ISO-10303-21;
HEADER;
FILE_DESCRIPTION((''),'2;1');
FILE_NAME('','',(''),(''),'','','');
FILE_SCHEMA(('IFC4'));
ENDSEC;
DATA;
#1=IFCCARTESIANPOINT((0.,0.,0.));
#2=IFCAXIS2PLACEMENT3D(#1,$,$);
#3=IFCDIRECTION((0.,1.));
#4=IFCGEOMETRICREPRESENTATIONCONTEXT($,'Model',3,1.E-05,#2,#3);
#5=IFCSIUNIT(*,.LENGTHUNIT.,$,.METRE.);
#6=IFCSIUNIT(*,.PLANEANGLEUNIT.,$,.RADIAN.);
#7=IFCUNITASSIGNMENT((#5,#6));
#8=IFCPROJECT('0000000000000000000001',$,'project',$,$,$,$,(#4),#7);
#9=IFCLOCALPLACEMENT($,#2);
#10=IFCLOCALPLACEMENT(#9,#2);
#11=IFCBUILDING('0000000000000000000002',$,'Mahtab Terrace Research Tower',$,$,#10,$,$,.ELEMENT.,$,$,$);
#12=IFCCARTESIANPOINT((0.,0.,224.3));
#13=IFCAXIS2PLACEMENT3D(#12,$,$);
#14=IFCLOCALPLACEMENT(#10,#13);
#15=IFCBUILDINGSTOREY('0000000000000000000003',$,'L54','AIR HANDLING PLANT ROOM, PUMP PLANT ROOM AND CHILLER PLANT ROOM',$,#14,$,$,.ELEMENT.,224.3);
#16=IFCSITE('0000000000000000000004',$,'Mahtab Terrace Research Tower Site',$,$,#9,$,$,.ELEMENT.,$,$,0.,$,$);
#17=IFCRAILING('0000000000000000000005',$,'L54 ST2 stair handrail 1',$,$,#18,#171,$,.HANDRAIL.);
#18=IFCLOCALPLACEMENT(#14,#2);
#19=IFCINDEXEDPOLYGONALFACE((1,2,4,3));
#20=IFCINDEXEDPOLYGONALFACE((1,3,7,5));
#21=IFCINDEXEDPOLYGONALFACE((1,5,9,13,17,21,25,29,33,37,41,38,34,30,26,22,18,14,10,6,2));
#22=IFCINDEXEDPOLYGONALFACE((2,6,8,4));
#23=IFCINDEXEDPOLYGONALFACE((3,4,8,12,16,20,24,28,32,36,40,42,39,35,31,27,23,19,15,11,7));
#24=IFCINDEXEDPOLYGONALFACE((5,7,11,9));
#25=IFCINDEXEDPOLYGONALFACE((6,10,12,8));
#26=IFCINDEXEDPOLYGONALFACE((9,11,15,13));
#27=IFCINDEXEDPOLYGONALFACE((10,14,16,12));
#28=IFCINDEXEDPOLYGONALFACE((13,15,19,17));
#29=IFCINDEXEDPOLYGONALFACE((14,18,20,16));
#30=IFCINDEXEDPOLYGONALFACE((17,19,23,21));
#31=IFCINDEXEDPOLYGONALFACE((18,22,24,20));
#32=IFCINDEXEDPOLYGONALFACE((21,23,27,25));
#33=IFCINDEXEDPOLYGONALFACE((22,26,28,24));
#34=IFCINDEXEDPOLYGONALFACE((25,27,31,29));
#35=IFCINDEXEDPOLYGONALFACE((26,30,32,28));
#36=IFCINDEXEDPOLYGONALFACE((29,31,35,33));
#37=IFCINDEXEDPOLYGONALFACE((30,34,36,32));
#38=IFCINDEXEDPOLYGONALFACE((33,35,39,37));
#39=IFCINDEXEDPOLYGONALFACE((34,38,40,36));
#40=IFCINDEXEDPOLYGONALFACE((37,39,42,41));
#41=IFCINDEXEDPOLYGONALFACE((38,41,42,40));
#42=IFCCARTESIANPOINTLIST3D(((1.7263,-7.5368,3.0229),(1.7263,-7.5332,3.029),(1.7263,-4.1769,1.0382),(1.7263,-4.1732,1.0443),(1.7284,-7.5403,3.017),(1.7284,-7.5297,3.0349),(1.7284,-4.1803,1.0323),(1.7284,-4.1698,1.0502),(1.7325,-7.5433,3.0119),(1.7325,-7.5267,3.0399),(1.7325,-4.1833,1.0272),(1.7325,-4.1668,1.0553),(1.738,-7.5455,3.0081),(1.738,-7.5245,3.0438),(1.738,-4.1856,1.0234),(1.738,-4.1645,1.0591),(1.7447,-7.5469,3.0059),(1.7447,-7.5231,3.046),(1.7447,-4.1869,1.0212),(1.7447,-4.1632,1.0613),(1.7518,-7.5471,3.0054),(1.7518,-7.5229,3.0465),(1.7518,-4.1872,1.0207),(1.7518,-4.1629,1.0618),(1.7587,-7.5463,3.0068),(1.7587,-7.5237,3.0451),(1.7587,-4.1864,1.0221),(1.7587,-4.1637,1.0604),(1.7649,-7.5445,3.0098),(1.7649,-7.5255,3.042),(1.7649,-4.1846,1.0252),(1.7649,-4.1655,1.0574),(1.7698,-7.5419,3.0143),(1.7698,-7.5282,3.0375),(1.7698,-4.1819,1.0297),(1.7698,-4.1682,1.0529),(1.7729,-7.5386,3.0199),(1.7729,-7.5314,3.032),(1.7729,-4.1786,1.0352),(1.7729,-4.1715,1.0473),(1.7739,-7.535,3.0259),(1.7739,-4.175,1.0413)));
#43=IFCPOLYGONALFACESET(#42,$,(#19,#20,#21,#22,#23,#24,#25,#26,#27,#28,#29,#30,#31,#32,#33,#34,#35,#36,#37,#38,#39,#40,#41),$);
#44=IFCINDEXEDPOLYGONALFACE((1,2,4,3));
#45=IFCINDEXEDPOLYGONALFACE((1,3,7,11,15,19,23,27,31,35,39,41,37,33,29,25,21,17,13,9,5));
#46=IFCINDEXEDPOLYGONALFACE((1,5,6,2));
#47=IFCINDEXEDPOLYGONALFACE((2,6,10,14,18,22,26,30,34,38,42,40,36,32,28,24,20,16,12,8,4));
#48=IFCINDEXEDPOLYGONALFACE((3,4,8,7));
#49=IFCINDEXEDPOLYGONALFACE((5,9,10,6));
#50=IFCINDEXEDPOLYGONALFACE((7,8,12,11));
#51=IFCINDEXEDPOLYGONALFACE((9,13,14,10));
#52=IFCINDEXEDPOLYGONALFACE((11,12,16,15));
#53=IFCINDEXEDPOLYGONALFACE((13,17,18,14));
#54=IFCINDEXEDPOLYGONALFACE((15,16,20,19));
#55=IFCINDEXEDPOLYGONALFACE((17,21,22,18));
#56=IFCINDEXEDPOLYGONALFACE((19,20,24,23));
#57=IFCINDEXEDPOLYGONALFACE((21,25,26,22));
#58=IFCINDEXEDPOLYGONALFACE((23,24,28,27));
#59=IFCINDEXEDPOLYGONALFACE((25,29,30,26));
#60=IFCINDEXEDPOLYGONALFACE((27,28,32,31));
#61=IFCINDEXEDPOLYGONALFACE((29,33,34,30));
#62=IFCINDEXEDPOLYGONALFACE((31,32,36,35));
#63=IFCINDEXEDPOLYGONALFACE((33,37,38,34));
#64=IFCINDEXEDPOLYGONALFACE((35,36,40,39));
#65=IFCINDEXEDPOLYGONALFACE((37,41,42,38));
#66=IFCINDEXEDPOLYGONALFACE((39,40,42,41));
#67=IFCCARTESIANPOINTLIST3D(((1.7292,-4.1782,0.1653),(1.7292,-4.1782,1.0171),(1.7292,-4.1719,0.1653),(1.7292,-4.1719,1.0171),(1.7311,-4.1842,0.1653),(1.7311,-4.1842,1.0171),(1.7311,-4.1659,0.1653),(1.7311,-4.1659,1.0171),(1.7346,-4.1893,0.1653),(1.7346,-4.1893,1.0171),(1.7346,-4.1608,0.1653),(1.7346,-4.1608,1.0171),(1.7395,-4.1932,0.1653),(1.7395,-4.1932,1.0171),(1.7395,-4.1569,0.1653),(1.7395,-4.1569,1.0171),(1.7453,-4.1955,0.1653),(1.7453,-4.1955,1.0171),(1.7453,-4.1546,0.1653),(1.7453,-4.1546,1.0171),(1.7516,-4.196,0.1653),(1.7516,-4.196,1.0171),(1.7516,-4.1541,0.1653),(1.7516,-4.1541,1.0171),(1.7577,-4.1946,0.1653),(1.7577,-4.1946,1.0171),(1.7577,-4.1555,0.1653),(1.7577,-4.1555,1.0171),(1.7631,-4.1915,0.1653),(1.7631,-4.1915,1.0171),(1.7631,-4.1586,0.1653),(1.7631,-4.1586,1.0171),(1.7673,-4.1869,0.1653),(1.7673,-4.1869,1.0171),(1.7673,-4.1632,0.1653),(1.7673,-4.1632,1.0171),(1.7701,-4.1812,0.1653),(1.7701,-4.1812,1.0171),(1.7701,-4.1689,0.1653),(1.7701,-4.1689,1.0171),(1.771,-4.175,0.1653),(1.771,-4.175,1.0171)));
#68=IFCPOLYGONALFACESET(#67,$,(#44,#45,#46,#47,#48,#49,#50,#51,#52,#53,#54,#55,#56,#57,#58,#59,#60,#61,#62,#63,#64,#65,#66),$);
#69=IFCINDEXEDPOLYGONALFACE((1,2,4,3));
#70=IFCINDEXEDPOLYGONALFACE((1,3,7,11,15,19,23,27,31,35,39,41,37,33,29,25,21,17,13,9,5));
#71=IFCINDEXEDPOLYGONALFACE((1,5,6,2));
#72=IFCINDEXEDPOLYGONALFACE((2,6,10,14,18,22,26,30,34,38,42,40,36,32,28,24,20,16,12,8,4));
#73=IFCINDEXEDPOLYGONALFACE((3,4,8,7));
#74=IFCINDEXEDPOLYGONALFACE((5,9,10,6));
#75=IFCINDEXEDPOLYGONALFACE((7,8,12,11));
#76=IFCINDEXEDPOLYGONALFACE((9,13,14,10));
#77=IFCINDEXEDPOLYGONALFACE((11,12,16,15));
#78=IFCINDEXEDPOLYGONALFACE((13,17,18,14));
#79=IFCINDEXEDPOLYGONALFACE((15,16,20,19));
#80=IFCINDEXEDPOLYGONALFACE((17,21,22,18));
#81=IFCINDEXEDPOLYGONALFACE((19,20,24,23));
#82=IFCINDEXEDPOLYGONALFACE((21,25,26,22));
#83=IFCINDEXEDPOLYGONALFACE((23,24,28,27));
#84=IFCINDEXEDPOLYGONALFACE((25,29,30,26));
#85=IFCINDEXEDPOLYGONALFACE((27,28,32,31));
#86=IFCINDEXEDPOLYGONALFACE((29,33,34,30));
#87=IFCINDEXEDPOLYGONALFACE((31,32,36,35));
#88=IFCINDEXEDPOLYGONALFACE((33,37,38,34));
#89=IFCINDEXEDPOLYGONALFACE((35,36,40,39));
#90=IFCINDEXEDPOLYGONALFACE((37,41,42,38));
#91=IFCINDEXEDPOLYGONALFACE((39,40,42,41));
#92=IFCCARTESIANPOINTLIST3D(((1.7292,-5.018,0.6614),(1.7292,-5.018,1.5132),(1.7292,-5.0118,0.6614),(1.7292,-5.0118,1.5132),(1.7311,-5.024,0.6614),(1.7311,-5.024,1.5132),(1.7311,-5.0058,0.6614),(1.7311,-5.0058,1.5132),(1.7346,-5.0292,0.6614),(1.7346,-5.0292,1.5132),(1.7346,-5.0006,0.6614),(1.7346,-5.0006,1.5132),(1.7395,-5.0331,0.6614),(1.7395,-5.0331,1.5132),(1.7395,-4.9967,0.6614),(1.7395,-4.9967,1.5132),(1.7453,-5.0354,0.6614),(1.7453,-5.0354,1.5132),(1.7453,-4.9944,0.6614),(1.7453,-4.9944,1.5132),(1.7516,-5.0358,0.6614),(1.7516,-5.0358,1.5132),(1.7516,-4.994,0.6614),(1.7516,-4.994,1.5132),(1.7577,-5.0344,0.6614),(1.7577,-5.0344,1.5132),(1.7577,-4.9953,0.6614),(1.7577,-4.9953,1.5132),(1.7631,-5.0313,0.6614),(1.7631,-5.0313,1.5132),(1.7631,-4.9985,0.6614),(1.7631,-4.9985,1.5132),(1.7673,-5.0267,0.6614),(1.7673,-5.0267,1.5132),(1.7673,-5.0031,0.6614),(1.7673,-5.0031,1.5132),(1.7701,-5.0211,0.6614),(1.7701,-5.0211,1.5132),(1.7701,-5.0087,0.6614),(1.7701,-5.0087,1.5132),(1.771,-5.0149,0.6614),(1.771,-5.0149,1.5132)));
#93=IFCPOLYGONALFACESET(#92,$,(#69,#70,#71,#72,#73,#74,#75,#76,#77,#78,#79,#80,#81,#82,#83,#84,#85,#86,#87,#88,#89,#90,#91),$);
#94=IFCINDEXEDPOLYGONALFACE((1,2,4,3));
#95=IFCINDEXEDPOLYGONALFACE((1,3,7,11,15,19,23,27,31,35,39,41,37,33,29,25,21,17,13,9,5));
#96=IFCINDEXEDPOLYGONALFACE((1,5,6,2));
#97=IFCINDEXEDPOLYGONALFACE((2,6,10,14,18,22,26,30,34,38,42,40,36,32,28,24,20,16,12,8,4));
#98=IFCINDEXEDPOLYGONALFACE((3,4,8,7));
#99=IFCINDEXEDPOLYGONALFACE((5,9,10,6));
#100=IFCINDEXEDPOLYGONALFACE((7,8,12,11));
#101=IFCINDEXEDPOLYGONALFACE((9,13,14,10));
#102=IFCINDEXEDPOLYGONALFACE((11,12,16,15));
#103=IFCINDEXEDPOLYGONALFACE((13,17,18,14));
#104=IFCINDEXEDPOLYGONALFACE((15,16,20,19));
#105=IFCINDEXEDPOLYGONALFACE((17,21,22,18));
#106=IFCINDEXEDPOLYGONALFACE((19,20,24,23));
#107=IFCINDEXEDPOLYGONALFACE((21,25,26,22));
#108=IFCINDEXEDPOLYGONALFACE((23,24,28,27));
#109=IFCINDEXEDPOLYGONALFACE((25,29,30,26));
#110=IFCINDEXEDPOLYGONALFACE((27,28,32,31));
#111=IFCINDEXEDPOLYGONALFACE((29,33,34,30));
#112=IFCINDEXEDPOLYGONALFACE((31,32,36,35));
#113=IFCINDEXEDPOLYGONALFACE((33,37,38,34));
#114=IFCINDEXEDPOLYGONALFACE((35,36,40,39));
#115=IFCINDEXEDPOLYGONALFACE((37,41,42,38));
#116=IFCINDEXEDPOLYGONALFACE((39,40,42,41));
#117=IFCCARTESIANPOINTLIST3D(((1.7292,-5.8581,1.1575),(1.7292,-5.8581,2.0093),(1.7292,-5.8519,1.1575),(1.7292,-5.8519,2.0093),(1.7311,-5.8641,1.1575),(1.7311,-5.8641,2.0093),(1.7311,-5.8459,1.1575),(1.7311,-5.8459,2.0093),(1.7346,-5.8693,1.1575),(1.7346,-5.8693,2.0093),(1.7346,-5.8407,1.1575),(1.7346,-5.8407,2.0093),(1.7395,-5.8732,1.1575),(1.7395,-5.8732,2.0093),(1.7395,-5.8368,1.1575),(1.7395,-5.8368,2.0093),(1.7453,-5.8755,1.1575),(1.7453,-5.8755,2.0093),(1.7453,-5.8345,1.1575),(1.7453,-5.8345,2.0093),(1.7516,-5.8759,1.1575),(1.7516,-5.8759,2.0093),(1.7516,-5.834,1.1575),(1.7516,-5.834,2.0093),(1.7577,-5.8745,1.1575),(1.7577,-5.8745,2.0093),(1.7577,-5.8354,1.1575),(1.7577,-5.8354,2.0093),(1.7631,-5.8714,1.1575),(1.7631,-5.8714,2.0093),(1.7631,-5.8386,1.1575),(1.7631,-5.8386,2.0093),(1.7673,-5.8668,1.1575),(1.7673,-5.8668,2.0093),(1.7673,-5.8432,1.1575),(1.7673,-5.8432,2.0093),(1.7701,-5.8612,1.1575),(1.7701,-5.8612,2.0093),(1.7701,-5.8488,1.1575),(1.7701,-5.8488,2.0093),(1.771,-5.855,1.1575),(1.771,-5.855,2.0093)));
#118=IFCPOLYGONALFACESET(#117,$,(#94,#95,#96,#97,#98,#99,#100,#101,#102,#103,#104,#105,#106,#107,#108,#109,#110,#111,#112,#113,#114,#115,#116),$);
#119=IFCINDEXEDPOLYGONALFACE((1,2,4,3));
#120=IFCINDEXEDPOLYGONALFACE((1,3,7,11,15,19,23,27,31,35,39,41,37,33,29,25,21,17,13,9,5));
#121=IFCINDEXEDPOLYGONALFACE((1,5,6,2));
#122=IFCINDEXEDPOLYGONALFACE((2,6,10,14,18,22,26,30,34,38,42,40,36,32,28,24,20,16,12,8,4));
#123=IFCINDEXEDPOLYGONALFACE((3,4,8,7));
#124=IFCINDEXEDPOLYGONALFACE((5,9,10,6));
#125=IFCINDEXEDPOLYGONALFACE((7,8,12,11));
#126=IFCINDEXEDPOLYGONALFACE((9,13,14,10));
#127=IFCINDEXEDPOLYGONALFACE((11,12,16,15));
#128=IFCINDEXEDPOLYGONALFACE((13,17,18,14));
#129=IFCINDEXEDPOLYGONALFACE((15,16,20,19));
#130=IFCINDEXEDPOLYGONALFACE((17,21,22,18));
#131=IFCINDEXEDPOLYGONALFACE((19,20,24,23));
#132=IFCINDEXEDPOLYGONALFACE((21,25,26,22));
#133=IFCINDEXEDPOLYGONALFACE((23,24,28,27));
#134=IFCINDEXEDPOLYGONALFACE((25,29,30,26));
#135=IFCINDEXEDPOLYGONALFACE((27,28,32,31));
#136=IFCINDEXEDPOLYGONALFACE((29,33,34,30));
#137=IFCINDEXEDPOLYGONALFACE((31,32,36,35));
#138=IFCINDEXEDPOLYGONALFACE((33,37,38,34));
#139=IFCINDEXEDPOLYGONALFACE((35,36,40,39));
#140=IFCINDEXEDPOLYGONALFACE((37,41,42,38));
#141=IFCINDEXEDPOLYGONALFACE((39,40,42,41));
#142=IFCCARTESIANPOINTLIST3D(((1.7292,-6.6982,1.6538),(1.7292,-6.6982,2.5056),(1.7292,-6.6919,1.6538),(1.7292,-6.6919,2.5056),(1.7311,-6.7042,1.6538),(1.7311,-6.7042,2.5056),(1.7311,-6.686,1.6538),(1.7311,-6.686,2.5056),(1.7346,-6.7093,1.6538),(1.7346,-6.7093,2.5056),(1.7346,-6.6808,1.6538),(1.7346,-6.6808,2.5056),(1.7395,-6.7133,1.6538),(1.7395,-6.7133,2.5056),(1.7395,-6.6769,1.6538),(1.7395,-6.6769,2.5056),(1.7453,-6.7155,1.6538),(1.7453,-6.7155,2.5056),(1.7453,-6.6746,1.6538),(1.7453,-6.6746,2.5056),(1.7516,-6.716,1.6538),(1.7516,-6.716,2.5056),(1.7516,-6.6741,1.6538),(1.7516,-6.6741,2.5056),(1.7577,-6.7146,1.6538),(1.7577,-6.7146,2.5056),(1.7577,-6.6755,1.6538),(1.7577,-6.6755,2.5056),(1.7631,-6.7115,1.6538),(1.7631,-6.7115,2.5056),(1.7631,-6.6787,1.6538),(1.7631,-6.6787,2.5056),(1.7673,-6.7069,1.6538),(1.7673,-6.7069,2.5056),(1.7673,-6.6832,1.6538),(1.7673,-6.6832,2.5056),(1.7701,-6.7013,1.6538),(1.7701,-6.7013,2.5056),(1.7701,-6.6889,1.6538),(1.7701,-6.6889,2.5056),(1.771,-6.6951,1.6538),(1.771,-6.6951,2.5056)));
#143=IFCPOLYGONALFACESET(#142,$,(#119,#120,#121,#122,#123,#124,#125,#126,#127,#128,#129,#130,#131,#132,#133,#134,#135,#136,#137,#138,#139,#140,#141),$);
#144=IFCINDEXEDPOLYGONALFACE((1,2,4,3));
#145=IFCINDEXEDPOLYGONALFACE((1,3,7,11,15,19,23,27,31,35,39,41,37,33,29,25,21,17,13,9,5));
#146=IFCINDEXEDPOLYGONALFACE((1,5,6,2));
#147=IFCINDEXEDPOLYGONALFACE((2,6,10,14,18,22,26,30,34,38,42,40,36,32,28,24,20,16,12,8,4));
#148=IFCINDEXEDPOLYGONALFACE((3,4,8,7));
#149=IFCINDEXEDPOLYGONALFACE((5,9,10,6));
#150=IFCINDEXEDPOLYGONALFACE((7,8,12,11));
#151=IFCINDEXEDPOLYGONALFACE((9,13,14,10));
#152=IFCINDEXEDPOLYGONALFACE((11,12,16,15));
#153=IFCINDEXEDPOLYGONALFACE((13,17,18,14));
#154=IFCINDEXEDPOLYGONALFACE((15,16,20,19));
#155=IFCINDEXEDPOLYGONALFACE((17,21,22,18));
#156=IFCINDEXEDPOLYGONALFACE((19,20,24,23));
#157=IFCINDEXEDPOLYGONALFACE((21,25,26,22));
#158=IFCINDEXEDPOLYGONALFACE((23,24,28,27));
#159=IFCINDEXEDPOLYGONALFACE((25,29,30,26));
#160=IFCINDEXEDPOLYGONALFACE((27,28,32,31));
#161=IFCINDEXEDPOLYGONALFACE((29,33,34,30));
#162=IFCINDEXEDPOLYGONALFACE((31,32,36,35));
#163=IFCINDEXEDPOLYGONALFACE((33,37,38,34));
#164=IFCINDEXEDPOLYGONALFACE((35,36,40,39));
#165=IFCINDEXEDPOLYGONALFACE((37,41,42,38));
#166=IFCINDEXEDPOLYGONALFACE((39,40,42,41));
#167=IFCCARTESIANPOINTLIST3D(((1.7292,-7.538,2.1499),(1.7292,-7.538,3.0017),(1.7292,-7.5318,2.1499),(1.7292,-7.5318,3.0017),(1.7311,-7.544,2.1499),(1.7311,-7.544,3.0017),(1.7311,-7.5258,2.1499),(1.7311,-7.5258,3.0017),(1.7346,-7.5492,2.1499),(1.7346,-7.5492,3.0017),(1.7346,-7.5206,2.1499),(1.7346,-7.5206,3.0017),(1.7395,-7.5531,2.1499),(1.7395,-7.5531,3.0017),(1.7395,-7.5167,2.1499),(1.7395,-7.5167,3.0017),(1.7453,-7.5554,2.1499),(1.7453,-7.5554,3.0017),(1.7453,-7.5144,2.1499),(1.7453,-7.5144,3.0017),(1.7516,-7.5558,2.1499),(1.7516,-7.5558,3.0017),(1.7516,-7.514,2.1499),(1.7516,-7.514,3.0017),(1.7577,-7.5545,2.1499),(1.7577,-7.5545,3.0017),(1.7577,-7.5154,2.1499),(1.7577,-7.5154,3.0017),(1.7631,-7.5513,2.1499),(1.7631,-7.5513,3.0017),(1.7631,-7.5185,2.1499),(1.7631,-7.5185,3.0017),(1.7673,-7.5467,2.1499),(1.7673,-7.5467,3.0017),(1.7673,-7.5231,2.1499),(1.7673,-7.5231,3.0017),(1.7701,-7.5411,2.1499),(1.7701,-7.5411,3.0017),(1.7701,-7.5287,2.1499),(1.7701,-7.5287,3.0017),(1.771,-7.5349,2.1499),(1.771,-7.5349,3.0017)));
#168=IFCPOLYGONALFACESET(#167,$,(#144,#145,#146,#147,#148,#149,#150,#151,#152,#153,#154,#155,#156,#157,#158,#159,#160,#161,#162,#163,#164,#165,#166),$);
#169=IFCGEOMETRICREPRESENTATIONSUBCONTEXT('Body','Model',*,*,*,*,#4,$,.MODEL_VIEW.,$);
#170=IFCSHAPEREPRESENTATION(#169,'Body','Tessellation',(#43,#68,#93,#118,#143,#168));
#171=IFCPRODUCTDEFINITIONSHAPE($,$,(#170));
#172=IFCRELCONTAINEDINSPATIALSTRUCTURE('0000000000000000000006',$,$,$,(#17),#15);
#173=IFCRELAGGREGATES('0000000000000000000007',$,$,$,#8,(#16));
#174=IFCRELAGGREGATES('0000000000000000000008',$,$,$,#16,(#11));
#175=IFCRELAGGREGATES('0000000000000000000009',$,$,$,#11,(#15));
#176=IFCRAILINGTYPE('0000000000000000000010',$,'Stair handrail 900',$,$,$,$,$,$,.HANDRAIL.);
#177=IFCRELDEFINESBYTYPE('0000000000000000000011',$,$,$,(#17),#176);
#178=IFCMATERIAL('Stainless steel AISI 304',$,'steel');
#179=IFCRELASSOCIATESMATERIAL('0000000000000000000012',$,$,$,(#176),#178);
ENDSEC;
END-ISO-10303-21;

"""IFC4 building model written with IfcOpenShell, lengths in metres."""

from ifc_helpers import new_model, si_unit, direction, frame, origin, origin_2d, place, context, subcontext, project, spatial, circle, extrude, material, type_object, element, save


model = new_model("IFC4")

# Units and contexts
model_context = context("Model", 3, precision=1e-05, world=origin(), true_north=direction((0.0, 1.0)))
body_context = subcontext(model_context, "Body", "Model", "MODEL_VIEW")
ifc_project = project(units=[si_unit("LENGTHUNIT", "METRE"), si_unit("PLANEANGLEUNIT", "RADIAN")], contexts=[model_context])

# Site, building, storey
site_placement = place(None, origin())
site = spatial("IfcSite", under=ifc_project, at=site_placement, Name="Mahtab Terrace Research Tower Site", CompositionType="ELEMENT", RefElevation=0.0)
building_placement = place(site_placement, origin())
building = spatial("IfcBuilding", under=site, at=building_placement, Name="Mahtab Terrace Research Tower", CompositionType="ELEMENT")
storey_placement = place(building_placement, frame((0.0, 0.0, 224.3)))
storey = spatial("IfcBuildingStorey", under=building, at=storey_placement, Name="L54", Description="AIR HANDLING PLANT ROOM, PUMP PLANT ROOM AND CHILLER PLANT ROOM", CompositionType="ELEMENT", Elevation=224.3)

# Railing
ifc_material_1 = material(Name="Stainless steel AISI 304", Category="steel")
railing_type_1 = type_object("IfcRailingType", Name="Stair handrail 900", PredefinedType="HANDRAIL", material=ifc_material_1)
railing_1_placement = place(storey_placement, frame((1.75, -4.175, 0.1653)))
element("IfcRailing", 1, at=railing_1_placement, inside=storey, type_object=railing_type_1, Name="L54 ST2 stair handrail 1", PredefinedType="HANDRAIL", context=body_context, shape_type="SweptSolid", body=[
    extrude(circle(Radius=0.0239, at=origin_2d()), frame((0.0, 0.0, 0.876), z_axis=(0.0, -0.861011, 0.508586), x_axis=(1.0, 0.0, 0.0)), (0.0, 0.0, 1.0), 3.9023),
    extrude(circle(Radius=0.021, at=origin_2d()), origin(), (0.0, 0.0, 1.0), 0.8518),
    extrude(circle(Radius=0.021, at=origin_2d()), frame((0.0, -0.8398, 0.4961)), (0.0, 0.0, 1.0), 0.8518),
    extrude(circle(Radius=0.021, at=origin_2d()), frame((0.0, -1.6799, 0.9922)), (0.0, 0.0, 1.0), 0.8518),
    extrude(circle(Radius=0.021, at=origin_2d()), frame((0.0, -2.52, 1.4885)), (0.0, 0.0, 1.0), 0.8518),
    extrude(circle(Radius=0.021, at=origin_2d()), frame((0.0, -3.3599, 1.9846)), (0.0, 0.0, 1.0), 0.8518),
])

save(model, "model.ifc")
